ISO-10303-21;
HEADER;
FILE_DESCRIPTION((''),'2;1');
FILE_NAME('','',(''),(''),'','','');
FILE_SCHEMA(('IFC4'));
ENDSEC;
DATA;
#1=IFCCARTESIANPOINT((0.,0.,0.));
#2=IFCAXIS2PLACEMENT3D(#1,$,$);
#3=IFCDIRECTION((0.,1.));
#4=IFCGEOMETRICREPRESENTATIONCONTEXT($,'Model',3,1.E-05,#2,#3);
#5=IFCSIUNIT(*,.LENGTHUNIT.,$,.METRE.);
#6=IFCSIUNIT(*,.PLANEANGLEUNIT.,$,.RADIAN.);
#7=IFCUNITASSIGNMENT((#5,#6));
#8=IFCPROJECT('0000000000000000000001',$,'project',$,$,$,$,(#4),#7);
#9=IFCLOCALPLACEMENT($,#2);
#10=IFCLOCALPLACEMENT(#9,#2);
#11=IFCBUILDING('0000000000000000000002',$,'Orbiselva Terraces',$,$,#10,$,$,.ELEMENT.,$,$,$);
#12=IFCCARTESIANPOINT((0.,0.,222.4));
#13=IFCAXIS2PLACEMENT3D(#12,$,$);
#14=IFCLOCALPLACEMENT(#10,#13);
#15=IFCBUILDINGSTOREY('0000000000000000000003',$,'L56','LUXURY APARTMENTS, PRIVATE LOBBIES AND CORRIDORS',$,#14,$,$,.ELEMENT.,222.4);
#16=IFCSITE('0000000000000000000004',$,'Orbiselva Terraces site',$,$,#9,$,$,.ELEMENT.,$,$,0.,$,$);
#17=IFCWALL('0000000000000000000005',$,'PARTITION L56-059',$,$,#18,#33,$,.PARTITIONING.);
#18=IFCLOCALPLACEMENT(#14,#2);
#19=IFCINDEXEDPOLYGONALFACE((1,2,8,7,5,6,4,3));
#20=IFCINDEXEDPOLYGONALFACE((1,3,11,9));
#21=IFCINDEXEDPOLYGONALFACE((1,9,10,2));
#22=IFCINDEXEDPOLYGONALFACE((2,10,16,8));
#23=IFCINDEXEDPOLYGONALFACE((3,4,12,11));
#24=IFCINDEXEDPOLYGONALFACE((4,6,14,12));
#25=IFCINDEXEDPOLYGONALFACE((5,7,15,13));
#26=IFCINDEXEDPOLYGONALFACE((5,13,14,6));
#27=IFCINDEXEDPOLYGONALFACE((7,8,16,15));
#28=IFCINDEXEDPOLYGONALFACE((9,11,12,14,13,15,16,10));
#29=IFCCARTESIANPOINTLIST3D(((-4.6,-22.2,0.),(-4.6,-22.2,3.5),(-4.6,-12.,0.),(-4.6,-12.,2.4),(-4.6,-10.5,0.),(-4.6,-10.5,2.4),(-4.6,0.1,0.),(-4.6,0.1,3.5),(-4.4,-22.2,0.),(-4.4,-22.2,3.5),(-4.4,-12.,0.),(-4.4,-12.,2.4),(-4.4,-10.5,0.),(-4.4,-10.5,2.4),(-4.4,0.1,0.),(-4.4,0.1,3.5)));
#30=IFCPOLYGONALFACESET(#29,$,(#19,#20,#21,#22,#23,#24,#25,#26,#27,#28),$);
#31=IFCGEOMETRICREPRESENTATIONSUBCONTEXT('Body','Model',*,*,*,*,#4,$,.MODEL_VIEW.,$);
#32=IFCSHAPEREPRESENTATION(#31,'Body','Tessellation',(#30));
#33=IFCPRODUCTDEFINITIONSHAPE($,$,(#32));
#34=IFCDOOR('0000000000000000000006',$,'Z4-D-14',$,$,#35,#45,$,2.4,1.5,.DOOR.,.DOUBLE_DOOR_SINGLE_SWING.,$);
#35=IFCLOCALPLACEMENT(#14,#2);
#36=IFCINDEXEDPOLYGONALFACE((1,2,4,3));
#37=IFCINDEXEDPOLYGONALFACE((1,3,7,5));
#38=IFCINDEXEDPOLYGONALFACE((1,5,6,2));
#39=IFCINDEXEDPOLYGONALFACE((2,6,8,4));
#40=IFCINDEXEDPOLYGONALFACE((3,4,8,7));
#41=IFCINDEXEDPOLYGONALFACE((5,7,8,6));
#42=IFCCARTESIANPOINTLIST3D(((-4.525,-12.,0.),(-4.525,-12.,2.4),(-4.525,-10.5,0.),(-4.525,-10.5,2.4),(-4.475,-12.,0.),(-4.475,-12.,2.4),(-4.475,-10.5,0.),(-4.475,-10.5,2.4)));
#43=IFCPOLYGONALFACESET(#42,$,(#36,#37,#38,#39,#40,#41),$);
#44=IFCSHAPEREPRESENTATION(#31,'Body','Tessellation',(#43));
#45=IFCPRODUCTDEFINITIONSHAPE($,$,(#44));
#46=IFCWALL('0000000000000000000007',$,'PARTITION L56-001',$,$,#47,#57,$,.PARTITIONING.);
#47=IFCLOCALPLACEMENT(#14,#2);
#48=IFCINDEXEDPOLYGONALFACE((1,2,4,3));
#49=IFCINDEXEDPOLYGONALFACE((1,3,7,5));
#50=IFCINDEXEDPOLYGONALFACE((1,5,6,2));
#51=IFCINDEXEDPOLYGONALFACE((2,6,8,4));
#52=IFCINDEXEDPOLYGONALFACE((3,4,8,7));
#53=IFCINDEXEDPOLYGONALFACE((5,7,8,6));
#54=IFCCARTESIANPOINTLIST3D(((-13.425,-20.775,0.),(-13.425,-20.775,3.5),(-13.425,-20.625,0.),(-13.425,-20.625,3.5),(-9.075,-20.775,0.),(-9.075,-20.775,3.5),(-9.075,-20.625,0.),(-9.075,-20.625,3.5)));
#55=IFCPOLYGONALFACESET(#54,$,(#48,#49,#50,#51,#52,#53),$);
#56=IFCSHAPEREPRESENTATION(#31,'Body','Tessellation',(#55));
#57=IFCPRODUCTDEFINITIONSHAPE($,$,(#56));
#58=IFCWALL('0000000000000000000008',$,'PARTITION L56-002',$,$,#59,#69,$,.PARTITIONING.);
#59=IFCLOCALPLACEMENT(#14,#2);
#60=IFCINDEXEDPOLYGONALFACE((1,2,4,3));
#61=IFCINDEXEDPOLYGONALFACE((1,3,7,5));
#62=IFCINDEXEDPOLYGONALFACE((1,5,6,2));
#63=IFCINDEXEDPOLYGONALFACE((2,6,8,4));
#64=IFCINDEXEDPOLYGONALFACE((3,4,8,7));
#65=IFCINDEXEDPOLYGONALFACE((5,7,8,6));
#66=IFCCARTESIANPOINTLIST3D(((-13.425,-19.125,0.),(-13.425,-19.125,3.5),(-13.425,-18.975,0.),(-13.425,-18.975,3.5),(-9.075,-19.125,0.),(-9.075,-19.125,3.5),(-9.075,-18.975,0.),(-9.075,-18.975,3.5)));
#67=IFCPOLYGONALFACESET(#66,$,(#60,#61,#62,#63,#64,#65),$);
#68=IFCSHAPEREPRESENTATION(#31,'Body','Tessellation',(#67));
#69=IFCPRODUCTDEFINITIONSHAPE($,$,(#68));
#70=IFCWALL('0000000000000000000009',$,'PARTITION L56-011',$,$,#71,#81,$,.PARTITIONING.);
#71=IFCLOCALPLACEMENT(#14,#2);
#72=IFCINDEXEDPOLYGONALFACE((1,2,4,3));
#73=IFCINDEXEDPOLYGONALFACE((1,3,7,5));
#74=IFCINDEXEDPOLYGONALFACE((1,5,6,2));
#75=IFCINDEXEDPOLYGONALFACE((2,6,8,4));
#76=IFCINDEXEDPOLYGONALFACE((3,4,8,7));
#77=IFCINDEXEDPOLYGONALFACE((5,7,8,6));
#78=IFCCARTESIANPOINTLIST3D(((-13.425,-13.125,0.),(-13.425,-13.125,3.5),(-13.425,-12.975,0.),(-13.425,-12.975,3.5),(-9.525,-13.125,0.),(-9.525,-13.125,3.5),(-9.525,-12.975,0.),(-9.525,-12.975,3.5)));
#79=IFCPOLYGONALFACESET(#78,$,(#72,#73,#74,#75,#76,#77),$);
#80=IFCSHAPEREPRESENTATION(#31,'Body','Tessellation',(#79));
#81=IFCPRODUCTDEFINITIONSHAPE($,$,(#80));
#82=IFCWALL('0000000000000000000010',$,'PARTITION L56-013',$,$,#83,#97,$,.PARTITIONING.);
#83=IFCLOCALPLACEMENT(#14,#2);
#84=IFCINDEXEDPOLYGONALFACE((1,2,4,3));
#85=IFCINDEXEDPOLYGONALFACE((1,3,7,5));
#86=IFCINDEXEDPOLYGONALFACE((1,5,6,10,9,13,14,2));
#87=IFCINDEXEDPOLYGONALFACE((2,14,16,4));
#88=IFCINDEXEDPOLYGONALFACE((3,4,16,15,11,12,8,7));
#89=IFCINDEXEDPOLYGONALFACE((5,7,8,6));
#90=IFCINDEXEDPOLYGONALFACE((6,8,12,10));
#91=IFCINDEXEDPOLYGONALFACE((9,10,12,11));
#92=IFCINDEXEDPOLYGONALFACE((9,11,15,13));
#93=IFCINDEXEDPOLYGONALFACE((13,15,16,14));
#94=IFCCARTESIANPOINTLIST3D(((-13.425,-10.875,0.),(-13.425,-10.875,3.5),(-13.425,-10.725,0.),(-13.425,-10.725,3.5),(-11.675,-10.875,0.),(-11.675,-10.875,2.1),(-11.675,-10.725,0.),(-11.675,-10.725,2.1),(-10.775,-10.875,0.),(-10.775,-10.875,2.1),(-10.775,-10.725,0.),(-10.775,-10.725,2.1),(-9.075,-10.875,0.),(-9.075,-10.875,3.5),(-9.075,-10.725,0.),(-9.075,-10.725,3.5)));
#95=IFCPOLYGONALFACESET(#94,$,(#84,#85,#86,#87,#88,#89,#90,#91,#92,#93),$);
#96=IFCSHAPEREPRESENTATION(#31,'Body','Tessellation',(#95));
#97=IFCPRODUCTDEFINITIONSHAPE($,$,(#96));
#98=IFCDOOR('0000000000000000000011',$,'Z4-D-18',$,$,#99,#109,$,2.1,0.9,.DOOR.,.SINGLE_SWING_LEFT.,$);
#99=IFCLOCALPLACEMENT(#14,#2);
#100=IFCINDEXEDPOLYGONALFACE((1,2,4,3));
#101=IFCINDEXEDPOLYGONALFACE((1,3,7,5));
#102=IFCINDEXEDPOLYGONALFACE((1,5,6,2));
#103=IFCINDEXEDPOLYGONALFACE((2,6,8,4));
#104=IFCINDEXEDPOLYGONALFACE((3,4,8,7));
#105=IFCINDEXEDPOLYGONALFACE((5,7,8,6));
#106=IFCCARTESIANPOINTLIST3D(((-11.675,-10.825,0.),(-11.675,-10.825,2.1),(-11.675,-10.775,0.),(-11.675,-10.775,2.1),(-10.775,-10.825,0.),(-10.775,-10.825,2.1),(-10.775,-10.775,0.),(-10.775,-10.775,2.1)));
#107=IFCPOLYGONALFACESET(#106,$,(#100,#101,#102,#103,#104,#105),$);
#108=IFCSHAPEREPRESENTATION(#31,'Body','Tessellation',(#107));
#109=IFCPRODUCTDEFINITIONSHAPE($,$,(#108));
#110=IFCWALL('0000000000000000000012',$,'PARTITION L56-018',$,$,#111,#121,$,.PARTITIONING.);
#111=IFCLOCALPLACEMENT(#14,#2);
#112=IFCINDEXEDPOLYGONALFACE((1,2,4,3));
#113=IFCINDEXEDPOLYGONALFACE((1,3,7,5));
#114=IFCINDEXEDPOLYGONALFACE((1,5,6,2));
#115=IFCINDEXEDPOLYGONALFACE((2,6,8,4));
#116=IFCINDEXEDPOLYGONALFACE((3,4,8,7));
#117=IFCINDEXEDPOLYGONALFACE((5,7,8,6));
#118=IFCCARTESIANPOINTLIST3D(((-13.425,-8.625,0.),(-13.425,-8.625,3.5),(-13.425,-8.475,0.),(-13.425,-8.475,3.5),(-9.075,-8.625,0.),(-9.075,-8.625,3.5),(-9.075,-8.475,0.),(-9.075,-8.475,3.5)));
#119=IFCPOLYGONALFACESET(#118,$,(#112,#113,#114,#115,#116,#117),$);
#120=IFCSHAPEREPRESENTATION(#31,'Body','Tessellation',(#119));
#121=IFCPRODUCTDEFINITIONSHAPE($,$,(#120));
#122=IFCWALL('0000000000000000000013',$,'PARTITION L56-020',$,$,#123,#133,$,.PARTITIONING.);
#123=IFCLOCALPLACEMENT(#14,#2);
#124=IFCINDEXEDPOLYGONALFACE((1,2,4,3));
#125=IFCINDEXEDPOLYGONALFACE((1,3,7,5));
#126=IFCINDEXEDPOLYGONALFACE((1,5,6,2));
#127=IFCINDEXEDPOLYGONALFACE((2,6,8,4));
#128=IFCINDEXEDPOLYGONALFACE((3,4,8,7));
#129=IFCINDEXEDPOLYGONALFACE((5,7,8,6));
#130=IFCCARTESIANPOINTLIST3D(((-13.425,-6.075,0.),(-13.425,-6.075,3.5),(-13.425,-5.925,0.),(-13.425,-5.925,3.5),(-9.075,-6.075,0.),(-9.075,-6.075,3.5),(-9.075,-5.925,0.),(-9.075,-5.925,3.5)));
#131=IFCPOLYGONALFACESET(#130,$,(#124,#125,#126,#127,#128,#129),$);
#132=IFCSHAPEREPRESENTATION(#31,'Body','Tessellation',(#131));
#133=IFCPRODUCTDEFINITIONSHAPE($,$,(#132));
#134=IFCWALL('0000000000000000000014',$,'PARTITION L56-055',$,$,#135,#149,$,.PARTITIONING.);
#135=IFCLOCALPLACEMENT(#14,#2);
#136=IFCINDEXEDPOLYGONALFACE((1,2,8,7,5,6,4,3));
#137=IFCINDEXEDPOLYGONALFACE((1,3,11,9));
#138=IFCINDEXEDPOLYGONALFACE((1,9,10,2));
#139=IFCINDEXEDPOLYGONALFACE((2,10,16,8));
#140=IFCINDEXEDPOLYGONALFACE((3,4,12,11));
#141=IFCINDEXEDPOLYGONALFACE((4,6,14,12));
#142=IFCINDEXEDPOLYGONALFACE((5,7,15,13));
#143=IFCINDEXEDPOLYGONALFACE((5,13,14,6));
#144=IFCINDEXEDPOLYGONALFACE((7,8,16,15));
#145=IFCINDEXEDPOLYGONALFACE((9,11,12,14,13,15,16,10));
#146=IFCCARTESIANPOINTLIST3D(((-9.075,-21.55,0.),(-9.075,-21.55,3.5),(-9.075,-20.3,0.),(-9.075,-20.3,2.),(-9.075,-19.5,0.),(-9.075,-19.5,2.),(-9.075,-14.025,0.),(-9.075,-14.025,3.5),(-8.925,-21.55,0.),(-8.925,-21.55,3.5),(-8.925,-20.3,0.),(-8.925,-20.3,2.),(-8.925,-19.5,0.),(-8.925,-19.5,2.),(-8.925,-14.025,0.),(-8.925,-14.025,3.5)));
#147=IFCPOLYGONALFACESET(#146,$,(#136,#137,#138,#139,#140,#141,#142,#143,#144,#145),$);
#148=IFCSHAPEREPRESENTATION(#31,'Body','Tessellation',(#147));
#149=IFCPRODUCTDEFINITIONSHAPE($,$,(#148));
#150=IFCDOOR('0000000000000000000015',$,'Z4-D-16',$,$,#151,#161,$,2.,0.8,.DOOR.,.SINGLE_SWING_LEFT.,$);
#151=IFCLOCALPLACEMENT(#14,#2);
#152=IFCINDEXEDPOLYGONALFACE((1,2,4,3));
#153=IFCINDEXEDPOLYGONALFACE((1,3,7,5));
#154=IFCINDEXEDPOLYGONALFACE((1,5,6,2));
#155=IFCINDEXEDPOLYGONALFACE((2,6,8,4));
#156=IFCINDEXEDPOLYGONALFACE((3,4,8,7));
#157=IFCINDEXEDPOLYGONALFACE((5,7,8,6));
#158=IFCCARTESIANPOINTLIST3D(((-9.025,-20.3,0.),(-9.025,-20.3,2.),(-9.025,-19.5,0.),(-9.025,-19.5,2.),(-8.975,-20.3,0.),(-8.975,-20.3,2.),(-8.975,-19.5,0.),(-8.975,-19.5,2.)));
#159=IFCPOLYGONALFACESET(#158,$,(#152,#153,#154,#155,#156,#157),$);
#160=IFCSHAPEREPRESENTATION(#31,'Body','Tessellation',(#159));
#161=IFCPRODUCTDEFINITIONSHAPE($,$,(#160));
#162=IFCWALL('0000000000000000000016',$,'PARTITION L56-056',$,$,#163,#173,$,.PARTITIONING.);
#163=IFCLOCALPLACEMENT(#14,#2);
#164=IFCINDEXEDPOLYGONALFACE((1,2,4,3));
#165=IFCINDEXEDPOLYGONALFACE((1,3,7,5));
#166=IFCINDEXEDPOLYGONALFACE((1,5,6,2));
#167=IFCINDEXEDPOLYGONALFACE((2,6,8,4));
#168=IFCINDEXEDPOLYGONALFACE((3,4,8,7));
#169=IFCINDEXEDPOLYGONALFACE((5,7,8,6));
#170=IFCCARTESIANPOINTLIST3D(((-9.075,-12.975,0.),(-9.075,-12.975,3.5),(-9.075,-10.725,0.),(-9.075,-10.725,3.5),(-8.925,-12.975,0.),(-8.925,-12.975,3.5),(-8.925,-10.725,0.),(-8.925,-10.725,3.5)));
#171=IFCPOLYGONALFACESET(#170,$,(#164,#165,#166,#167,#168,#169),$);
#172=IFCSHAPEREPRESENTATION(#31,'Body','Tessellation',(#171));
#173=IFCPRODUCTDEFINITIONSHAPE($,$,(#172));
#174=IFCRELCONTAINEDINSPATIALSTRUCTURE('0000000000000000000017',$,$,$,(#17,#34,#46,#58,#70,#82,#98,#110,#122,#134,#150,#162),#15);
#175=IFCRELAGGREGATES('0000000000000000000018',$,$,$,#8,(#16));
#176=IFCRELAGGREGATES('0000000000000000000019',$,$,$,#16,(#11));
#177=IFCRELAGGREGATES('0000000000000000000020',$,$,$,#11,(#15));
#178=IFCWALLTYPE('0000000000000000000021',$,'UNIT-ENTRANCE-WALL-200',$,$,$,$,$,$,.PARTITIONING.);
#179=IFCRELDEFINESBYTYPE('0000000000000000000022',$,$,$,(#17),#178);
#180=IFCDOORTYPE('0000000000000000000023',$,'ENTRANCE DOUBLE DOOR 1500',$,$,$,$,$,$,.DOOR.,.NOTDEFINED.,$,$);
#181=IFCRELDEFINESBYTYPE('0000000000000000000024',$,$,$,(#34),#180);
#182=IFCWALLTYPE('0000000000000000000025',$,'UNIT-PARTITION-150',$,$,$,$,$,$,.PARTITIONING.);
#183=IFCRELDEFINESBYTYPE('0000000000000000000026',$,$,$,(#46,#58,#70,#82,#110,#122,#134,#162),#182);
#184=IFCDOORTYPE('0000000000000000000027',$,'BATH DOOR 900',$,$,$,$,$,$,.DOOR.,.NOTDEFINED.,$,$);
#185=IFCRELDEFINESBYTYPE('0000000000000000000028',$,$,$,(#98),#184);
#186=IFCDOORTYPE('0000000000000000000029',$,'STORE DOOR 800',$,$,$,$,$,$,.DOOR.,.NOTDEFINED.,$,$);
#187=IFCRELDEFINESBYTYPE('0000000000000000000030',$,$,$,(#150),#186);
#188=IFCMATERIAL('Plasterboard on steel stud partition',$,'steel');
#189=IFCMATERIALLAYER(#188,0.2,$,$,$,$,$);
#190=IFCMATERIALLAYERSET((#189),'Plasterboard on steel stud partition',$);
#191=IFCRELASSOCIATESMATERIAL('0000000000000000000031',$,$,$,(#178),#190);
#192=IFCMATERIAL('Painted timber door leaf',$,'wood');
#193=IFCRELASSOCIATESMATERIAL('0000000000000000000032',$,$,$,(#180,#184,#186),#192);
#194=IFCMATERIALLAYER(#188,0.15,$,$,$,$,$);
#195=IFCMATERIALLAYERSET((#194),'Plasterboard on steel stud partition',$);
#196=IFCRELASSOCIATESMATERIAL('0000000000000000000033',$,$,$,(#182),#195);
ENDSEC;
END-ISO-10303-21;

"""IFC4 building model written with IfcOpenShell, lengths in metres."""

from ifc_helpers import new_model, si_unit, direction, frame, frame_2d, origin, place, context, subcontext, project, spatial, rectangle, extrude, material, layer, layer_set, type_object, element, fill, save


model = new_model("IFC4")

# Units and contexts
model_context = context("Model", 3, precision=1e-05, world=origin(), true_north=direction((0.0, 1.0)))
body_context = subcontext(model_context, "Body", "Model", "MODEL_VIEW")
ifc_project = project(units=[si_unit("LENGTHUNIT", "METRE"), si_unit("PLANEANGLEUNIT", "RADIAN")], contexts=[model_context])

# Site, building, storey
site_placement = place(None, origin())
site = spatial("IfcSite", under=ifc_project, at=site_placement, Name="Orbiselva Terraces site", CompositionType="ELEMENT", RefElevation=0.0)
building_placement = place(site_placement, origin())
building = spatial("IfcBuilding", under=site, at=building_placement, Name="Orbiselva Terraces", CompositionType="ELEMENT")
storey_placement = place(building_placement, frame((0.0, 0.0, 222.4)))
storey = spatial("IfcBuildingStorey", under=building, at=storey_placement, Name="L56", Description="LUXURY APARTMENTS, PRIVATE LOBBIES AND CORRIDORS", CompositionType="ELEMENT", Elevation=222.4)

# Wall, opening, door
ifc_material_1 = material(Name="Plasterboard on steel stud partition", Category="steel")
ifc_layer_1 = layer(ifc_material_1, 0.2)
ifc_layer_set_1 = layer_set([ifc_layer_1], Name="Plasterboard on steel stud partition")
wall_type_1 = type_object("IfcWallType", Name="UNIT-ENTRANCE-WALL-200", PredefinedType="PARTITIONING", material=ifc_layer_set_1)
wall_1_placement = place(storey_placement, frame((-4.5, -22.2, 0.0), z_axis=(0.0, 0.0, 1.0), x_axis=(0.0, 1.0, 0.0)))
wall_1 = element("IfcWall", 1, at=wall_1_placement, inside=storey, type_object=wall_type_1, Name="PARTITION L56-059", PredefinedType="PARTITIONING", context=body_context, shape_type="SweptSolid", body=[
    extrude(rectangle(XDim=22.3, YDim=0.2, at=frame_2d((11.15, 0.0))), origin(), (0.0, 0.0, 1.0), 3.5),
])
opening_1_placement = place(wall_1_placement, frame((10.2, 0.0, 0.0)))
opening_1 = element("IfcOpeningElement", 2, at=opening_1_placement, cuts=wall_1, PredefinedType="OPENING", context=body_context, shape_type="SweptSolid", body=[
    extrude(rectangle(XDim=1.5, YDim=2.4, at=frame_2d((0.75, 1.2))), frame((0.0, 0.11, 0.0), z_axis=(0.0, -1.0, 0.0), x_axis=(1.0, 0.0, 0.0)), (0.0, 0.0, 1.0), 0.22),
])
ifc_material_2 = material(Name="Painted timber door leaf", Category="wood")
door_type_1 = type_object("IfcDoorType", Name="ENTRANCE DOUBLE DOOR 1500", OperationType="NOTDEFINED", PredefinedType="DOOR", material=ifc_material_2)
door_1_placement = place(opening_1_placement, origin())
door_1 = element("IfcDoor", 3, at=door_1_placement, inside=storey, type_object=door_type_1, Name="Z4-D-14", OperationType="DOUBLE_DOOR_SINGLE_SWING", OverallHeight=2.4, OverallWidth=1.5, PredefinedType="DOOR", context=body_context, shape_type="SweptSolid", body=[
    extrude(rectangle(XDim=1.5, YDim=2.4, at=frame_2d((0.75, 1.2))), frame((0.0, 0.025, 0.0), z_axis=(0.0, -1.0, 0.0), x_axis=(1.0, 0.0, 0.0)), (0.0, 0.0, 1.0), 0.05),
])
fill(opening_1, door_1)

# Walls
ifc_layer_2 = layer(ifc_material_1, 0.15)
ifc_layer_set_2 = layer_set([ifc_layer_2], Name="Plasterboard on steel stud partition")
wall_type_2 = type_object("IfcWallType", Name="UNIT-PARTITION-150", PredefinedType="PARTITIONING", material=ifc_layer_set_2)
for number, where, z_axis, x_axis, name in (
    (4, (-13.425, -20.7, 0.0), (0.0, 0.0, 1.0), (1.0, 0.0, 0.0), "PARTITION L56-001"),
    (5, (-13.425, -19.05, 0.0), (0.0, 0.0, 1.0), (1.0, 0.0, 0.0), "PARTITION L56-002"),
):
    element("IfcWall", number, at=place(storey_placement, frame(where, z_axis=z_axis, x_axis=x_axis)), inside=storey, type_object=wall_type_2, Name=name, PredefinedType="PARTITIONING", context=body_context, shape_type="SweptSolid", body=[
        extrude(rectangle(XDim=4.35, YDim=0.15, at=frame_2d((2.175, 0.0))), origin(), (0.0, 0.0, 1.0), 3.5),
    ])
wall_2_placement = place(storey_placement, frame((-13.425, -13.05, 0.0), z_axis=(0.0, 0.0, 1.0), x_axis=(1.0, 0.0, 0.0)))
element("IfcWall", 6, at=wall_2_placement, inside=storey, type_object=wall_type_2, Name="PARTITION L56-011", PredefinedType="PARTITIONING", context=body_context, shape_type="SweptSolid", body=[
    extrude(rectangle(XDim=3.9, YDim=0.15, at=frame_2d((1.95, 0.0))), origin(), (0.0, 0.0, 1.0), 3.5),
])

# Wall, opening, door
wall_3_placement = place(storey_placement, frame((-9.075, -10.8, 0.0), z_axis=(0.0, 0.0, 1.0), x_axis=(-1.0, 0.0, 0.0)))
wall_3 = element("IfcWall", 7, at=wall_3_placement, inside=storey, type_object=wall_type_2, Name="PARTITION L56-013", PredefinedType="PARTITIONING", context=body_context, shape_type="SweptSolid", body=[
    extrude(rectangle(XDim=4.35, YDim=0.15, at=frame_2d((2.175, 0.0))), origin(), (0.0, 0.0, 1.0), 3.5),
])
opening_2_placement = place(wall_3_placement, frame((1.7, 0.0, 0.0)))
opening_2 = element("IfcOpeningElement", 8, at=opening_2_placement, cuts=wall_3, PredefinedType="OPENING", context=body_context, shape_type="SweptSolid", body=[
    extrude(rectangle(XDim=0.9, YDim=2.1, at=frame_2d((0.45, 1.05))), frame((0.0, 0.085, 0.0), z_axis=(0.0, -1.0, 0.0), x_axis=(1.0, 0.0, 0.0)), (0.0, 0.0, 1.0), 0.17),
])
door_type_2 = type_object("IfcDoorType", Name="BATH DOOR 900", OperationType="NOTDEFINED", PredefinedType="DOOR", material=ifc_material_2)
door_2_placement = place(opening_2_placement, origin())
door_2 = element("IfcDoor", 9, at=door_2_placement, inside=storey, type_object=door_type_2, Name="Z4-D-18", OperationType="SINGLE_SWING_LEFT", OverallHeight=2.1, OverallWidth=0.9, PredefinedType="DOOR", context=body_context, shape_type="SweptSolid", body=[
    extrude(rectangle(XDim=0.9, YDim=2.1, at=frame_2d((0.45, 1.05))), frame((0.0, 0.025, 0.0), z_axis=(0.0, -1.0, 0.0), x_axis=(1.0, 0.0, 0.0)), (0.0, 0.0, 1.0), 0.05),
])
fill(opening_2, door_2)

# Walls
for number, where, z_axis, x_axis, name in (
    (10, (-13.425, -8.55, 0.0), (0.0, 0.0, 1.0), (1.0, 0.0, 0.0), "PARTITION L56-018"),
    (11, (-13.425, -6.0, 0.0), (0.0, 0.0, 1.0), (1.0, 0.0, 0.0), "PARTITION L56-020"),
):
    element("IfcWall", number, at=place(storey_placement, frame(where, z_axis=z_axis, x_axis=x_axis)), inside=storey, type_object=wall_type_2, Name=name, PredefinedType="PARTITIONING", context=body_context, shape_type="SweptSolid", body=[
        extrude(rectangle(XDim=4.35, YDim=0.15, at=frame_2d((2.175, 0.0))), origin(), (0.0, 0.0, 1.0), 3.5),
    ])

# Wall, opening, door
wall_4_placement = place(storey_placement, frame((-9.0, -21.55, 0.0), z_axis=(0.0, 0.0, 1.0), x_axis=(0.0, 1.0, 0.0)))
wall_4 = element("IfcWall", 12, at=wall_4_placement, inside=storey, type_object=wall_type_2, Name="PARTITION L56-055", PredefinedType="PARTITIONING", context=body_context, shape_type="SweptSolid", body=[
    extrude(rectangle(XDim=7.525, YDim=0.15, at=frame_2d((3.7625, 0.0))), origin(), (0.0, 0.0, 1.0), 3.5),
])
opening_3_placement = place(wall_4_placement, frame((1.25, 0.0, 0.0)))
opening_3 = element("IfcOpeningElement", 13, at=opening_3_placement, cuts=wall_4, PredefinedType="OPENING", context=body_context, shape_type="SweptSolid", body=[
    extrude(rectangle(XDim=0.8, YDim=2.0, at=frame_2d((0.4, 1.0))), frame((0.0, 0.085, 0.0), z_axis=(0.0, -1.0, 0.0), x_axis=(1.0, 0.0, 0.0)), (0.0, 0.0, 1.0), 0.17),
])
door_type_3 = type_object("IfcDoorType", Name="STORE DOOR 800", OperationType="NOTDEFINED", PredefinedType="DOOR", material=ifc_material_2)
door_3_placement = place(opening_3_placement, origin())
door_3 = element("IfcDoor", 14, at=door_3_placement, inside=storey, type_object=door_type_3, Name="Z4-D-16", OperationType="SINGLE_SWING_LEFT", OverallHeight=2.0, OverallWidth=0.8, PredefinedType="DOOR", context=body_context, shape_type="SweptSolid", body=[
    extrude(rectangle(XDim=0.8, YDim=2.0, at=frame_2d((0.4, 1.0))), frame((0.0, 0.025, 0.0), z_axis=(0.0, -1.0, 0.0), x_axis=(1.0, 0.0, 0.0)), (0.0, 0.0, 1.0), 0.05),
])
fill(opening_3, door_3)

# Wall
wall_5_placement = place(storey_placement, frame((-9.0, -12.975, 0.0), z_axis=(0.0, 0.0, 1.0), x_axis=(0.0, 1.0, 0.0)))
element("IfcWall", 15, at=wall_5_placement, inside=storey, type_object=wall_type_2, Name="PARTITION L56-056", PredefinedType="PARTITIONING", context=body_context, shape_type="SweptSolid", body=[
    extrude(rectangle(XDim=2.25, YDim=0.15, at=frame_2d((1.125, 0.0))), origin(), (0.0, 0.0, 1.0), 3.5),
])

save(model, "model.ifc")
